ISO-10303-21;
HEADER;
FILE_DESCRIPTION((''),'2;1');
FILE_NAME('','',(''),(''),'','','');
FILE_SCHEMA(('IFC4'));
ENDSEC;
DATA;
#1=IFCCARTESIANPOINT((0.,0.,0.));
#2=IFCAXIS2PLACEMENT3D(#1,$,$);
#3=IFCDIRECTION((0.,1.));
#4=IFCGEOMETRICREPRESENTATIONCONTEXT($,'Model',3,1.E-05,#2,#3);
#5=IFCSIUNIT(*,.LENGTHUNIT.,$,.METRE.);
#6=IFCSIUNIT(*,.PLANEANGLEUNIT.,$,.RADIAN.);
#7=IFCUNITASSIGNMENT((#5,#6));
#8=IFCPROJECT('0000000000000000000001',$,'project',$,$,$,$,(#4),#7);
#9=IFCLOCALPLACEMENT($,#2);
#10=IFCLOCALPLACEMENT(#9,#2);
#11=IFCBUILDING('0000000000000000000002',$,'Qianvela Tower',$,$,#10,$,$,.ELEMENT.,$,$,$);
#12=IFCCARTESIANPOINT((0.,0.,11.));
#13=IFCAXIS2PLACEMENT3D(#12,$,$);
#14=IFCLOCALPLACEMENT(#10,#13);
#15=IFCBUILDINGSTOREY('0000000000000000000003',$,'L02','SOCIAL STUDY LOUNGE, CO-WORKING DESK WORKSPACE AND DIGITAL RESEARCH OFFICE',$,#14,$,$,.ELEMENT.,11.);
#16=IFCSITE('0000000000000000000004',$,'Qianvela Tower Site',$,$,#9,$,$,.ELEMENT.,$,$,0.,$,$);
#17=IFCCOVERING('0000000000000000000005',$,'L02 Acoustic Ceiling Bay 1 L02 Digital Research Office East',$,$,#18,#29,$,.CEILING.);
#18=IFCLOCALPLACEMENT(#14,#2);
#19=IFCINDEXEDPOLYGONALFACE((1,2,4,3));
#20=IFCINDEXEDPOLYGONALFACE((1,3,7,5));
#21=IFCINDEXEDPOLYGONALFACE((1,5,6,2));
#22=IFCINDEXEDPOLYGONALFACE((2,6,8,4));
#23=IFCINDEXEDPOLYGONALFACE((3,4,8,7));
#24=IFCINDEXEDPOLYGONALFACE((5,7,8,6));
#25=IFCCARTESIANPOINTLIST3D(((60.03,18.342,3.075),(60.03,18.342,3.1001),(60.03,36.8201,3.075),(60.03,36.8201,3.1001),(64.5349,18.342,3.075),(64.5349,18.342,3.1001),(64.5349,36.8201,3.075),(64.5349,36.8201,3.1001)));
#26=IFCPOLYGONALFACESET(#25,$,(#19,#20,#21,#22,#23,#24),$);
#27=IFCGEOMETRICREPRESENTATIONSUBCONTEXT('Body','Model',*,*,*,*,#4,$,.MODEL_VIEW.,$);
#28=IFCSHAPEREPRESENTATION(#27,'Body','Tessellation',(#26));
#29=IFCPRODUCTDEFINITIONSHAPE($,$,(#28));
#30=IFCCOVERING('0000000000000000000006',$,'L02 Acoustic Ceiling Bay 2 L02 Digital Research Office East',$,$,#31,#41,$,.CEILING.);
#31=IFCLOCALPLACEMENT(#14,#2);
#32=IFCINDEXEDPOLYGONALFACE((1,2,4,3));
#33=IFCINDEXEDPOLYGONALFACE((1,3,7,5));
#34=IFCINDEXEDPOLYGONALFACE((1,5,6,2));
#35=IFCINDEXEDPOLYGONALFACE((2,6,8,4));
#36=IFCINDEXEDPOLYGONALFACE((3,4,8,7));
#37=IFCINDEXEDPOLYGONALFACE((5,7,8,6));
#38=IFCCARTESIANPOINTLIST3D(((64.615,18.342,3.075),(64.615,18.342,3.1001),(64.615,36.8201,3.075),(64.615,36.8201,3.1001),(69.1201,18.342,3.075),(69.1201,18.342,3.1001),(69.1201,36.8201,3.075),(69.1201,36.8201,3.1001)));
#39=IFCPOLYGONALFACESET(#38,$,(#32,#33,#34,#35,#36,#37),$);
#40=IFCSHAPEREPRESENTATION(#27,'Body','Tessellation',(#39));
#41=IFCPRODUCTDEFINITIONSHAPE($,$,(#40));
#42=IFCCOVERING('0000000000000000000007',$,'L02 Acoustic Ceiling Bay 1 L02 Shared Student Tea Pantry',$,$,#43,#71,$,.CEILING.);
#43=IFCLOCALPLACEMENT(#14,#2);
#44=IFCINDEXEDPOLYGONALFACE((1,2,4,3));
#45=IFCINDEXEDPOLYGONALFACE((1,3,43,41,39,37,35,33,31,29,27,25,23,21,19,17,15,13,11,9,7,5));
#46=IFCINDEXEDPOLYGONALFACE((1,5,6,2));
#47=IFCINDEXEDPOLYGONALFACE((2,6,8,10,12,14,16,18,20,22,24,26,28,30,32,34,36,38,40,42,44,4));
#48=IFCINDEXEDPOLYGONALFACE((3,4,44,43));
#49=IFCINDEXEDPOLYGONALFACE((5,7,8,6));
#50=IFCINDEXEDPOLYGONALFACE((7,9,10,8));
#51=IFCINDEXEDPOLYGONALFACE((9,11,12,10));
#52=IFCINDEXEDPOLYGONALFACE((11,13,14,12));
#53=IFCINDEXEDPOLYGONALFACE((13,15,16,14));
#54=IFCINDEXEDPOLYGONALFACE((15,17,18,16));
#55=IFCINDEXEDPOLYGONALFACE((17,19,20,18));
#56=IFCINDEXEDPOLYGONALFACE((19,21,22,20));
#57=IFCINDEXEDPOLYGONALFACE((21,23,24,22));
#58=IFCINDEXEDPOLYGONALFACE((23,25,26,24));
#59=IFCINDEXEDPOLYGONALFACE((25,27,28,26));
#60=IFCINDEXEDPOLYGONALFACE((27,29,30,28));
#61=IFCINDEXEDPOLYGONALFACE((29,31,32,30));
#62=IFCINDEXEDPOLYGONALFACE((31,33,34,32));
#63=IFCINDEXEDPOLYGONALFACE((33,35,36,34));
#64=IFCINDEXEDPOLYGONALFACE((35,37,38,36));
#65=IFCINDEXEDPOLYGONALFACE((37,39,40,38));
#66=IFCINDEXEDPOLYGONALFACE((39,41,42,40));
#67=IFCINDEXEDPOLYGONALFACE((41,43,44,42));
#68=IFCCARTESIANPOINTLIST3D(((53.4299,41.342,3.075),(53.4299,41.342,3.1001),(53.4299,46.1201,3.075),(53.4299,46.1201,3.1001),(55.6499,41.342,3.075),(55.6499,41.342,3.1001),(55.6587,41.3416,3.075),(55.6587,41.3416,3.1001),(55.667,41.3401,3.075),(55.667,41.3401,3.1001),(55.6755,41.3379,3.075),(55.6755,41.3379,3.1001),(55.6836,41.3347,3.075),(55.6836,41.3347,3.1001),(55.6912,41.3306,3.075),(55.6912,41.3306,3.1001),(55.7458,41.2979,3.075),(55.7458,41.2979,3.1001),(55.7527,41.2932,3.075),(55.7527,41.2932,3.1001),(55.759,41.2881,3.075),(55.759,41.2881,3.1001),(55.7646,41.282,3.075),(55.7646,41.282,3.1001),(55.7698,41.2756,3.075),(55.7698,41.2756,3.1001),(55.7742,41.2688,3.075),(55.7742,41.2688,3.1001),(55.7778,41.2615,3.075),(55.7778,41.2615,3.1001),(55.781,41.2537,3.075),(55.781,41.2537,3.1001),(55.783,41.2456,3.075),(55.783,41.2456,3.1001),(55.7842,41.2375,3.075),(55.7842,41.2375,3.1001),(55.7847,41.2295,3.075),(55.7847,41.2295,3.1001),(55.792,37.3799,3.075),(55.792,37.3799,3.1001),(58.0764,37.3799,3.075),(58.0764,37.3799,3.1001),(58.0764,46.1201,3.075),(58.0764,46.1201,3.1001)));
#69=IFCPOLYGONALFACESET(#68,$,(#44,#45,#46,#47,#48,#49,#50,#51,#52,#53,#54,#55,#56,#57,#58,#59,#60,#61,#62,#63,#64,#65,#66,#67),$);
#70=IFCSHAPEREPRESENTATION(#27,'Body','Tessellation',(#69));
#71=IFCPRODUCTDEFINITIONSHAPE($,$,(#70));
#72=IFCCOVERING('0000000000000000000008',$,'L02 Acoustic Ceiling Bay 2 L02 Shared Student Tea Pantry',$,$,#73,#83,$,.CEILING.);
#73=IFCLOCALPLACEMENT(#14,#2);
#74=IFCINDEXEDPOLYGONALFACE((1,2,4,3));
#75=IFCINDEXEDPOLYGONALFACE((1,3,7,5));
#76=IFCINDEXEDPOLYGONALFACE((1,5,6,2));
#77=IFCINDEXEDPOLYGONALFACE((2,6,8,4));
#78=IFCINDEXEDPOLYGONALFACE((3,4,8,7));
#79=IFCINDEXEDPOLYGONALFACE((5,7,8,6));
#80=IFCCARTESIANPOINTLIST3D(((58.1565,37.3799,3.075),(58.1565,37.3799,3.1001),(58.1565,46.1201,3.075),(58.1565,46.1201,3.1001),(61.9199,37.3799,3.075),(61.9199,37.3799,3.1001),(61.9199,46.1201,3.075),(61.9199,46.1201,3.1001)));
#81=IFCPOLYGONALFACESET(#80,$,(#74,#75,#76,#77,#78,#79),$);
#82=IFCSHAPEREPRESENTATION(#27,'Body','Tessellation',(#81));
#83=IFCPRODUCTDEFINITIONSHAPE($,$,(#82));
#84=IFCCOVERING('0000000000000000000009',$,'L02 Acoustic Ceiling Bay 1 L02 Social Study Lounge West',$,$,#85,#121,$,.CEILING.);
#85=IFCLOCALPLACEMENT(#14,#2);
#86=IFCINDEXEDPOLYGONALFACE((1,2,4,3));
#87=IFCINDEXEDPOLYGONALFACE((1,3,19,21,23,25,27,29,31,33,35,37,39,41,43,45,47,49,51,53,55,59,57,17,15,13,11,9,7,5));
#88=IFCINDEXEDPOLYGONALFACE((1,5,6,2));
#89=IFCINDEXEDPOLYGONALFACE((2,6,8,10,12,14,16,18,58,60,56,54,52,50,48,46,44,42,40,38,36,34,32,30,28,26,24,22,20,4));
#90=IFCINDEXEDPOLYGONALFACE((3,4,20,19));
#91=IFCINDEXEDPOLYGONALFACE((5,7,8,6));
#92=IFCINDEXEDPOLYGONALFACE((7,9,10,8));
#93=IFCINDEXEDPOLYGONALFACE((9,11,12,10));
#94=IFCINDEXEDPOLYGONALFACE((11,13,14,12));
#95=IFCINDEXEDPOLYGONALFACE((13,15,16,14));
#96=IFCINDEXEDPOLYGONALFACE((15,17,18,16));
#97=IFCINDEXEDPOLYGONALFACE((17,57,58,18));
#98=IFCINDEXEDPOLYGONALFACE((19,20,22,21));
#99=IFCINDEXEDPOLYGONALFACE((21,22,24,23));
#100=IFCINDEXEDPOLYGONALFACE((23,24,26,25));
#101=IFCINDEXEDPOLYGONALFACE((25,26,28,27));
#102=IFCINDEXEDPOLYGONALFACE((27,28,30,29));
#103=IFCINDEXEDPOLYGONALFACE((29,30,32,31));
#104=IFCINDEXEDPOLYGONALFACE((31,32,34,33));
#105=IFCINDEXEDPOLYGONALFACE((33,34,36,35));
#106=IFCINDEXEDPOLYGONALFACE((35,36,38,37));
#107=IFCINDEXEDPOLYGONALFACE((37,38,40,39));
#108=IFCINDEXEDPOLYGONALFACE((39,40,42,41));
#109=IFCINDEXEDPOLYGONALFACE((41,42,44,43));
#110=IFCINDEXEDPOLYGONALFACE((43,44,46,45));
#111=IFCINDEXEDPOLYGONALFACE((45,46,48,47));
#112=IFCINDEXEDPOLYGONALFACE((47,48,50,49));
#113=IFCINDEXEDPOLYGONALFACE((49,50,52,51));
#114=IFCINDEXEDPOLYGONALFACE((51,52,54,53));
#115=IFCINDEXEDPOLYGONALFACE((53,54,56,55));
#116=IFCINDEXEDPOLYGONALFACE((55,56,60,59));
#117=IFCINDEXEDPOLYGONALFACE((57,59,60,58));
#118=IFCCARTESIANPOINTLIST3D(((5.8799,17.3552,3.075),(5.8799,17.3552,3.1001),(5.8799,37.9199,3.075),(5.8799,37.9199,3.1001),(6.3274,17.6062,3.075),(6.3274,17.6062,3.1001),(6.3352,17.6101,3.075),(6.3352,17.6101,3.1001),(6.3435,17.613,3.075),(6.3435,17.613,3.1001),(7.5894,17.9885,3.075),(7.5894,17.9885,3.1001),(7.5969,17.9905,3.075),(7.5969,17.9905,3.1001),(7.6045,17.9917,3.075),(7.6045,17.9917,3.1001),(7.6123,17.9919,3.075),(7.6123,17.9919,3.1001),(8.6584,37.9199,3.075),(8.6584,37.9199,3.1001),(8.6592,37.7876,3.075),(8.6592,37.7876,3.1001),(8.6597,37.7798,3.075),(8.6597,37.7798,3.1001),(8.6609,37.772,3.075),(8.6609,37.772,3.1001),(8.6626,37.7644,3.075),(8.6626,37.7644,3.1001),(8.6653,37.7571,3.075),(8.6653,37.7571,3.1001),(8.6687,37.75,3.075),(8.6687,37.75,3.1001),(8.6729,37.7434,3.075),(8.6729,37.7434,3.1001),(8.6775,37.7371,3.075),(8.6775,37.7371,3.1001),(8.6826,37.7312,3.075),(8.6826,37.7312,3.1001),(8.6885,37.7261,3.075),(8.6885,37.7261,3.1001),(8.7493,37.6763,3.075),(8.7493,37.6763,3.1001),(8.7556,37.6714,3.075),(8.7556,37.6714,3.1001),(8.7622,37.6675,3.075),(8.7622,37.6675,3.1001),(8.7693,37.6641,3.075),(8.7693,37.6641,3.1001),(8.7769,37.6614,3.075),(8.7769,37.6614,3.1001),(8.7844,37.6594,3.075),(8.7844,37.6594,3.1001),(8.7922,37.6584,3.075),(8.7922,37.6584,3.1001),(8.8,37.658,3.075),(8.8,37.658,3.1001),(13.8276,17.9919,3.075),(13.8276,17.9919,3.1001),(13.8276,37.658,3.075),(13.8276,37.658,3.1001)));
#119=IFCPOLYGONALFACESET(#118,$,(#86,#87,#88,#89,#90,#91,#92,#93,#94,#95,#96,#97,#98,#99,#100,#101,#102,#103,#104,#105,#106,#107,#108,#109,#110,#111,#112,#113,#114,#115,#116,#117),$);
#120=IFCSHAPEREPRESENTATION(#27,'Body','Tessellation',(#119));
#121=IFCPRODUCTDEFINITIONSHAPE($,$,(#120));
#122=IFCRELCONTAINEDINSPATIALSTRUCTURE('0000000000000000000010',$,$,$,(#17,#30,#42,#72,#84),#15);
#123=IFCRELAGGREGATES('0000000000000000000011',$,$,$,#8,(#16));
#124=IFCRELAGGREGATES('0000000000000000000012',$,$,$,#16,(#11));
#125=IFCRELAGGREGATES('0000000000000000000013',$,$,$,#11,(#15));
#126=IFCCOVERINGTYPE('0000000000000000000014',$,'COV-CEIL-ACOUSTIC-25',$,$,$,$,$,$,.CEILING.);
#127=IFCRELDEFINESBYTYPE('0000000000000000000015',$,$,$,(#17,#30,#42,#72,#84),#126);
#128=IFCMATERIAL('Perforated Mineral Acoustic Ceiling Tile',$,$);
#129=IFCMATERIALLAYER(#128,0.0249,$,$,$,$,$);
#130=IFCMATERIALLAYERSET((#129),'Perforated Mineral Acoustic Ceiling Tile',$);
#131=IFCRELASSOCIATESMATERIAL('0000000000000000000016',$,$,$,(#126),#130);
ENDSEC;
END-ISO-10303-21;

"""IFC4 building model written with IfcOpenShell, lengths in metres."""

from ifc_helpers import new_model, si_unit, direction, frame, origin, place, context, subcontext, project, spatial, polyline, outline, extrude, material, layer, layer_set, type_object, element, save


model = new_model("IFC4")

# Units and contexts
model_context = context("Model", 3, precision=1e-05, world=origin(), true_north=direction((0.0, 1.0)))
body_context = subcontext(model_context, "Body", "Model", "MODEL_VIEW")
ifc_project = project(units=[si_unit("LENGTHUNIT", "METRE"), si_unit("PLANEANGLEUNIT", "RADIAN")], contexts=[model_context])

# Site, building, storey
site_placement = place(None, origin())
site = spatial("IfcSite", under=ifc_project, at=site_placement, Name="Qianvela Tower Site", CompositionType="ELEMENT", RefElevation=0.0)
building_placement = place(site_placement, origin())
building = spatial("IfcBuilding", under=site, at=building_placement, Name="Qianvela Tower", CompositionType="ELEMENT")
storey_placement = place(building_placement, frame((0.0, 0.0, 11.0)))
storey = spatial("IfcBuildingStorey", under=building, at=storey_placement, Name="L02", Description="SOCIAL STUDY LOUNGE, CO-WORKING DESK WORKSPACE AND DIGITAL RESEARCH OFFICE", CompositionType="ELEMENT", Elevation=11.0)

# Coverings
ifc_material_1 = material(Name="Perforated Mineral Acoustic Ceiling Tile")
ifc_layer_1 = layer(ifc_material_1, 0.0249)
ifc_layer_set_1 = layer_set([ifc_layer_1], Name="Perforated Mineral Acoustic Ceiling Tile")
covering_type_1 = type_object("IfcCoveringType", Name="COV-CEIL-ACOUSTIC-25", PredefinedType="CEILING", material=ifc_layer_set_1)
covering_1_placement = place(storey_placement, frame((0.0, 0.0, 3.075)))
element("IfcCovering", 1, at=covering_1_placement, inside=storey, type_object=covering_type_1, Name="L02 Acoustic Ceiling Bay 1 L02 Digital Research Office East", PredefinedType="CEILING", context=body_context, shape_type="SweptSolid", body=[
    extrude(outline(polyline([(60.03, 18.342), (60.03, 36.8201), (64.5349, 36.8201), (64.5349, 18.342), (60.03, 18.342)])), origin(), (0.0, 0.0, 1.0), 0.0251),
])
covering_2_placement = place(storey_placement, frame((0.0, 0.0, 3.075)))
element("IfcCovering", 2, at=covering_2_placement, inside=storey, type_object=covering_type_1, Name="L02 Acoustic Ceiling Bay 2 L02 Digital Research Office East", PredefinedType="CEILING", context=body_context, shape_type="SweptSolid", body=[
    extrude(outline(polyline([(64.615, 18.342), (64.615, 36.8201), (69.1201, 36.8201), (69.1201, 18.342), (64.615, 18.342)])), origin(), (0.0, 0.0, 1.0), 0.0251),
])
covering_3_placement = place(storey_placement, frame((0.0, 0.0, 3.075)))
element("IfcCovering", 3, at=covering_3_placement, inside=storey, type_object=covering_type_1, Name="L02 Acoustic Ceiling Bay 1 L02 Shared Student Tea Pantry", PredefinedType="CEILING", context=body_context, shape_type="SweptSolid", body=[
    extrude(outline(polyline([(55.792, 37.3799), (55.7847, 41.2295), (55.7842, 41.2375), (55.783, 41.2456), (55.781, 41.2537), (55.7778, 41.2615), (55.7742, 41.2688), (55.7698, 41.2756), (55.7646, 41.282), (55.759, 41.2881), (55.7527, 41.2932), (55.7458, 41.2979), (55.6912, 41.3306), (55.6836, 41.3347), (55.6755, 41.3379), (55.667, 41.3401), (55.6587, 41.3416), (55.6499, 41.342), (53.4299, 41.342), (53.4299, 46.1201), (58.0764, 46.1201), (58.0764, 37.3799), (55.792, 37.3799)])), origin(), (0.0, 0.0, 1.0), 0.0251),
])
covering_4_placement = place(storey_placement, frame((0.0, 0.0, 3.075)))
element("IfcCovering", 4, at=covering_4_placement, inside=storey, type_object=covering_type_1, Name="L02 Acoustic Ceiling Bay 2 L02 Shared Student Tea Pantry", PredefinedType="CEILING", context=body_context, shape_type="SweptSolid", body=[
    extrude(outline(polyline([(58.1565, 37.3799), (58.1565, 46.1201), (61.9199, 46.1201), (61.9199, 37.3799), (58.1565, 37.3799)])), origin(), (0.0, 0.0, 1.0), 0.0251),
])
covering_5_placement = place(storey_placement, frame((0.0, 0.0, 3.075)))
element("IfcCovering", 5, at=covering_5_placement, inside=storey, type_object=covering_type_1, Name="L02 Acoustic Ceiling Bay 1 L02 Social Study Lounge West", PredefinedType="CEILING", context=body_context, shape_type="SweptSolid", body=[
    extrude(outline(polyline([(7.6123, 17.9919), (7.6045, 17.9917), (7.5969, 17.9905), (7.5894, 17.9885), (6.3435, 17.613), (6.3352, 17.6101), (6.3274, 17.6062), (5.8799, 17.3552), (5.8799, 37.9199), (8.6584, 37.9199), (8.6592, 37.7876), (8.6597, 37.7798), (8.6609, 37.772), (8.6626, 37.7644), (8.6653, 37.7571), (8.6687, 37.75), (8.6729, 37.7434), (8.6775, 37.7371), (8.6826, 37.7312), (8.6885, 37.7261), (8.7493, 37.6763), (8.7556, 37.6714), (8.7622, 37.6675), (8.7693, 37.6641), (8.7769, 37.6614), (8.7844, 37.6594), (8.7922, 37.6584), (8.8, 37.658), (13.8276, 37.658), (13.8276, 17.9919), (7.6123, 17.9919)])), origin(), (0.0, 0.0, 1.0), 0.0251),
])

save(model, "model.ifc")
